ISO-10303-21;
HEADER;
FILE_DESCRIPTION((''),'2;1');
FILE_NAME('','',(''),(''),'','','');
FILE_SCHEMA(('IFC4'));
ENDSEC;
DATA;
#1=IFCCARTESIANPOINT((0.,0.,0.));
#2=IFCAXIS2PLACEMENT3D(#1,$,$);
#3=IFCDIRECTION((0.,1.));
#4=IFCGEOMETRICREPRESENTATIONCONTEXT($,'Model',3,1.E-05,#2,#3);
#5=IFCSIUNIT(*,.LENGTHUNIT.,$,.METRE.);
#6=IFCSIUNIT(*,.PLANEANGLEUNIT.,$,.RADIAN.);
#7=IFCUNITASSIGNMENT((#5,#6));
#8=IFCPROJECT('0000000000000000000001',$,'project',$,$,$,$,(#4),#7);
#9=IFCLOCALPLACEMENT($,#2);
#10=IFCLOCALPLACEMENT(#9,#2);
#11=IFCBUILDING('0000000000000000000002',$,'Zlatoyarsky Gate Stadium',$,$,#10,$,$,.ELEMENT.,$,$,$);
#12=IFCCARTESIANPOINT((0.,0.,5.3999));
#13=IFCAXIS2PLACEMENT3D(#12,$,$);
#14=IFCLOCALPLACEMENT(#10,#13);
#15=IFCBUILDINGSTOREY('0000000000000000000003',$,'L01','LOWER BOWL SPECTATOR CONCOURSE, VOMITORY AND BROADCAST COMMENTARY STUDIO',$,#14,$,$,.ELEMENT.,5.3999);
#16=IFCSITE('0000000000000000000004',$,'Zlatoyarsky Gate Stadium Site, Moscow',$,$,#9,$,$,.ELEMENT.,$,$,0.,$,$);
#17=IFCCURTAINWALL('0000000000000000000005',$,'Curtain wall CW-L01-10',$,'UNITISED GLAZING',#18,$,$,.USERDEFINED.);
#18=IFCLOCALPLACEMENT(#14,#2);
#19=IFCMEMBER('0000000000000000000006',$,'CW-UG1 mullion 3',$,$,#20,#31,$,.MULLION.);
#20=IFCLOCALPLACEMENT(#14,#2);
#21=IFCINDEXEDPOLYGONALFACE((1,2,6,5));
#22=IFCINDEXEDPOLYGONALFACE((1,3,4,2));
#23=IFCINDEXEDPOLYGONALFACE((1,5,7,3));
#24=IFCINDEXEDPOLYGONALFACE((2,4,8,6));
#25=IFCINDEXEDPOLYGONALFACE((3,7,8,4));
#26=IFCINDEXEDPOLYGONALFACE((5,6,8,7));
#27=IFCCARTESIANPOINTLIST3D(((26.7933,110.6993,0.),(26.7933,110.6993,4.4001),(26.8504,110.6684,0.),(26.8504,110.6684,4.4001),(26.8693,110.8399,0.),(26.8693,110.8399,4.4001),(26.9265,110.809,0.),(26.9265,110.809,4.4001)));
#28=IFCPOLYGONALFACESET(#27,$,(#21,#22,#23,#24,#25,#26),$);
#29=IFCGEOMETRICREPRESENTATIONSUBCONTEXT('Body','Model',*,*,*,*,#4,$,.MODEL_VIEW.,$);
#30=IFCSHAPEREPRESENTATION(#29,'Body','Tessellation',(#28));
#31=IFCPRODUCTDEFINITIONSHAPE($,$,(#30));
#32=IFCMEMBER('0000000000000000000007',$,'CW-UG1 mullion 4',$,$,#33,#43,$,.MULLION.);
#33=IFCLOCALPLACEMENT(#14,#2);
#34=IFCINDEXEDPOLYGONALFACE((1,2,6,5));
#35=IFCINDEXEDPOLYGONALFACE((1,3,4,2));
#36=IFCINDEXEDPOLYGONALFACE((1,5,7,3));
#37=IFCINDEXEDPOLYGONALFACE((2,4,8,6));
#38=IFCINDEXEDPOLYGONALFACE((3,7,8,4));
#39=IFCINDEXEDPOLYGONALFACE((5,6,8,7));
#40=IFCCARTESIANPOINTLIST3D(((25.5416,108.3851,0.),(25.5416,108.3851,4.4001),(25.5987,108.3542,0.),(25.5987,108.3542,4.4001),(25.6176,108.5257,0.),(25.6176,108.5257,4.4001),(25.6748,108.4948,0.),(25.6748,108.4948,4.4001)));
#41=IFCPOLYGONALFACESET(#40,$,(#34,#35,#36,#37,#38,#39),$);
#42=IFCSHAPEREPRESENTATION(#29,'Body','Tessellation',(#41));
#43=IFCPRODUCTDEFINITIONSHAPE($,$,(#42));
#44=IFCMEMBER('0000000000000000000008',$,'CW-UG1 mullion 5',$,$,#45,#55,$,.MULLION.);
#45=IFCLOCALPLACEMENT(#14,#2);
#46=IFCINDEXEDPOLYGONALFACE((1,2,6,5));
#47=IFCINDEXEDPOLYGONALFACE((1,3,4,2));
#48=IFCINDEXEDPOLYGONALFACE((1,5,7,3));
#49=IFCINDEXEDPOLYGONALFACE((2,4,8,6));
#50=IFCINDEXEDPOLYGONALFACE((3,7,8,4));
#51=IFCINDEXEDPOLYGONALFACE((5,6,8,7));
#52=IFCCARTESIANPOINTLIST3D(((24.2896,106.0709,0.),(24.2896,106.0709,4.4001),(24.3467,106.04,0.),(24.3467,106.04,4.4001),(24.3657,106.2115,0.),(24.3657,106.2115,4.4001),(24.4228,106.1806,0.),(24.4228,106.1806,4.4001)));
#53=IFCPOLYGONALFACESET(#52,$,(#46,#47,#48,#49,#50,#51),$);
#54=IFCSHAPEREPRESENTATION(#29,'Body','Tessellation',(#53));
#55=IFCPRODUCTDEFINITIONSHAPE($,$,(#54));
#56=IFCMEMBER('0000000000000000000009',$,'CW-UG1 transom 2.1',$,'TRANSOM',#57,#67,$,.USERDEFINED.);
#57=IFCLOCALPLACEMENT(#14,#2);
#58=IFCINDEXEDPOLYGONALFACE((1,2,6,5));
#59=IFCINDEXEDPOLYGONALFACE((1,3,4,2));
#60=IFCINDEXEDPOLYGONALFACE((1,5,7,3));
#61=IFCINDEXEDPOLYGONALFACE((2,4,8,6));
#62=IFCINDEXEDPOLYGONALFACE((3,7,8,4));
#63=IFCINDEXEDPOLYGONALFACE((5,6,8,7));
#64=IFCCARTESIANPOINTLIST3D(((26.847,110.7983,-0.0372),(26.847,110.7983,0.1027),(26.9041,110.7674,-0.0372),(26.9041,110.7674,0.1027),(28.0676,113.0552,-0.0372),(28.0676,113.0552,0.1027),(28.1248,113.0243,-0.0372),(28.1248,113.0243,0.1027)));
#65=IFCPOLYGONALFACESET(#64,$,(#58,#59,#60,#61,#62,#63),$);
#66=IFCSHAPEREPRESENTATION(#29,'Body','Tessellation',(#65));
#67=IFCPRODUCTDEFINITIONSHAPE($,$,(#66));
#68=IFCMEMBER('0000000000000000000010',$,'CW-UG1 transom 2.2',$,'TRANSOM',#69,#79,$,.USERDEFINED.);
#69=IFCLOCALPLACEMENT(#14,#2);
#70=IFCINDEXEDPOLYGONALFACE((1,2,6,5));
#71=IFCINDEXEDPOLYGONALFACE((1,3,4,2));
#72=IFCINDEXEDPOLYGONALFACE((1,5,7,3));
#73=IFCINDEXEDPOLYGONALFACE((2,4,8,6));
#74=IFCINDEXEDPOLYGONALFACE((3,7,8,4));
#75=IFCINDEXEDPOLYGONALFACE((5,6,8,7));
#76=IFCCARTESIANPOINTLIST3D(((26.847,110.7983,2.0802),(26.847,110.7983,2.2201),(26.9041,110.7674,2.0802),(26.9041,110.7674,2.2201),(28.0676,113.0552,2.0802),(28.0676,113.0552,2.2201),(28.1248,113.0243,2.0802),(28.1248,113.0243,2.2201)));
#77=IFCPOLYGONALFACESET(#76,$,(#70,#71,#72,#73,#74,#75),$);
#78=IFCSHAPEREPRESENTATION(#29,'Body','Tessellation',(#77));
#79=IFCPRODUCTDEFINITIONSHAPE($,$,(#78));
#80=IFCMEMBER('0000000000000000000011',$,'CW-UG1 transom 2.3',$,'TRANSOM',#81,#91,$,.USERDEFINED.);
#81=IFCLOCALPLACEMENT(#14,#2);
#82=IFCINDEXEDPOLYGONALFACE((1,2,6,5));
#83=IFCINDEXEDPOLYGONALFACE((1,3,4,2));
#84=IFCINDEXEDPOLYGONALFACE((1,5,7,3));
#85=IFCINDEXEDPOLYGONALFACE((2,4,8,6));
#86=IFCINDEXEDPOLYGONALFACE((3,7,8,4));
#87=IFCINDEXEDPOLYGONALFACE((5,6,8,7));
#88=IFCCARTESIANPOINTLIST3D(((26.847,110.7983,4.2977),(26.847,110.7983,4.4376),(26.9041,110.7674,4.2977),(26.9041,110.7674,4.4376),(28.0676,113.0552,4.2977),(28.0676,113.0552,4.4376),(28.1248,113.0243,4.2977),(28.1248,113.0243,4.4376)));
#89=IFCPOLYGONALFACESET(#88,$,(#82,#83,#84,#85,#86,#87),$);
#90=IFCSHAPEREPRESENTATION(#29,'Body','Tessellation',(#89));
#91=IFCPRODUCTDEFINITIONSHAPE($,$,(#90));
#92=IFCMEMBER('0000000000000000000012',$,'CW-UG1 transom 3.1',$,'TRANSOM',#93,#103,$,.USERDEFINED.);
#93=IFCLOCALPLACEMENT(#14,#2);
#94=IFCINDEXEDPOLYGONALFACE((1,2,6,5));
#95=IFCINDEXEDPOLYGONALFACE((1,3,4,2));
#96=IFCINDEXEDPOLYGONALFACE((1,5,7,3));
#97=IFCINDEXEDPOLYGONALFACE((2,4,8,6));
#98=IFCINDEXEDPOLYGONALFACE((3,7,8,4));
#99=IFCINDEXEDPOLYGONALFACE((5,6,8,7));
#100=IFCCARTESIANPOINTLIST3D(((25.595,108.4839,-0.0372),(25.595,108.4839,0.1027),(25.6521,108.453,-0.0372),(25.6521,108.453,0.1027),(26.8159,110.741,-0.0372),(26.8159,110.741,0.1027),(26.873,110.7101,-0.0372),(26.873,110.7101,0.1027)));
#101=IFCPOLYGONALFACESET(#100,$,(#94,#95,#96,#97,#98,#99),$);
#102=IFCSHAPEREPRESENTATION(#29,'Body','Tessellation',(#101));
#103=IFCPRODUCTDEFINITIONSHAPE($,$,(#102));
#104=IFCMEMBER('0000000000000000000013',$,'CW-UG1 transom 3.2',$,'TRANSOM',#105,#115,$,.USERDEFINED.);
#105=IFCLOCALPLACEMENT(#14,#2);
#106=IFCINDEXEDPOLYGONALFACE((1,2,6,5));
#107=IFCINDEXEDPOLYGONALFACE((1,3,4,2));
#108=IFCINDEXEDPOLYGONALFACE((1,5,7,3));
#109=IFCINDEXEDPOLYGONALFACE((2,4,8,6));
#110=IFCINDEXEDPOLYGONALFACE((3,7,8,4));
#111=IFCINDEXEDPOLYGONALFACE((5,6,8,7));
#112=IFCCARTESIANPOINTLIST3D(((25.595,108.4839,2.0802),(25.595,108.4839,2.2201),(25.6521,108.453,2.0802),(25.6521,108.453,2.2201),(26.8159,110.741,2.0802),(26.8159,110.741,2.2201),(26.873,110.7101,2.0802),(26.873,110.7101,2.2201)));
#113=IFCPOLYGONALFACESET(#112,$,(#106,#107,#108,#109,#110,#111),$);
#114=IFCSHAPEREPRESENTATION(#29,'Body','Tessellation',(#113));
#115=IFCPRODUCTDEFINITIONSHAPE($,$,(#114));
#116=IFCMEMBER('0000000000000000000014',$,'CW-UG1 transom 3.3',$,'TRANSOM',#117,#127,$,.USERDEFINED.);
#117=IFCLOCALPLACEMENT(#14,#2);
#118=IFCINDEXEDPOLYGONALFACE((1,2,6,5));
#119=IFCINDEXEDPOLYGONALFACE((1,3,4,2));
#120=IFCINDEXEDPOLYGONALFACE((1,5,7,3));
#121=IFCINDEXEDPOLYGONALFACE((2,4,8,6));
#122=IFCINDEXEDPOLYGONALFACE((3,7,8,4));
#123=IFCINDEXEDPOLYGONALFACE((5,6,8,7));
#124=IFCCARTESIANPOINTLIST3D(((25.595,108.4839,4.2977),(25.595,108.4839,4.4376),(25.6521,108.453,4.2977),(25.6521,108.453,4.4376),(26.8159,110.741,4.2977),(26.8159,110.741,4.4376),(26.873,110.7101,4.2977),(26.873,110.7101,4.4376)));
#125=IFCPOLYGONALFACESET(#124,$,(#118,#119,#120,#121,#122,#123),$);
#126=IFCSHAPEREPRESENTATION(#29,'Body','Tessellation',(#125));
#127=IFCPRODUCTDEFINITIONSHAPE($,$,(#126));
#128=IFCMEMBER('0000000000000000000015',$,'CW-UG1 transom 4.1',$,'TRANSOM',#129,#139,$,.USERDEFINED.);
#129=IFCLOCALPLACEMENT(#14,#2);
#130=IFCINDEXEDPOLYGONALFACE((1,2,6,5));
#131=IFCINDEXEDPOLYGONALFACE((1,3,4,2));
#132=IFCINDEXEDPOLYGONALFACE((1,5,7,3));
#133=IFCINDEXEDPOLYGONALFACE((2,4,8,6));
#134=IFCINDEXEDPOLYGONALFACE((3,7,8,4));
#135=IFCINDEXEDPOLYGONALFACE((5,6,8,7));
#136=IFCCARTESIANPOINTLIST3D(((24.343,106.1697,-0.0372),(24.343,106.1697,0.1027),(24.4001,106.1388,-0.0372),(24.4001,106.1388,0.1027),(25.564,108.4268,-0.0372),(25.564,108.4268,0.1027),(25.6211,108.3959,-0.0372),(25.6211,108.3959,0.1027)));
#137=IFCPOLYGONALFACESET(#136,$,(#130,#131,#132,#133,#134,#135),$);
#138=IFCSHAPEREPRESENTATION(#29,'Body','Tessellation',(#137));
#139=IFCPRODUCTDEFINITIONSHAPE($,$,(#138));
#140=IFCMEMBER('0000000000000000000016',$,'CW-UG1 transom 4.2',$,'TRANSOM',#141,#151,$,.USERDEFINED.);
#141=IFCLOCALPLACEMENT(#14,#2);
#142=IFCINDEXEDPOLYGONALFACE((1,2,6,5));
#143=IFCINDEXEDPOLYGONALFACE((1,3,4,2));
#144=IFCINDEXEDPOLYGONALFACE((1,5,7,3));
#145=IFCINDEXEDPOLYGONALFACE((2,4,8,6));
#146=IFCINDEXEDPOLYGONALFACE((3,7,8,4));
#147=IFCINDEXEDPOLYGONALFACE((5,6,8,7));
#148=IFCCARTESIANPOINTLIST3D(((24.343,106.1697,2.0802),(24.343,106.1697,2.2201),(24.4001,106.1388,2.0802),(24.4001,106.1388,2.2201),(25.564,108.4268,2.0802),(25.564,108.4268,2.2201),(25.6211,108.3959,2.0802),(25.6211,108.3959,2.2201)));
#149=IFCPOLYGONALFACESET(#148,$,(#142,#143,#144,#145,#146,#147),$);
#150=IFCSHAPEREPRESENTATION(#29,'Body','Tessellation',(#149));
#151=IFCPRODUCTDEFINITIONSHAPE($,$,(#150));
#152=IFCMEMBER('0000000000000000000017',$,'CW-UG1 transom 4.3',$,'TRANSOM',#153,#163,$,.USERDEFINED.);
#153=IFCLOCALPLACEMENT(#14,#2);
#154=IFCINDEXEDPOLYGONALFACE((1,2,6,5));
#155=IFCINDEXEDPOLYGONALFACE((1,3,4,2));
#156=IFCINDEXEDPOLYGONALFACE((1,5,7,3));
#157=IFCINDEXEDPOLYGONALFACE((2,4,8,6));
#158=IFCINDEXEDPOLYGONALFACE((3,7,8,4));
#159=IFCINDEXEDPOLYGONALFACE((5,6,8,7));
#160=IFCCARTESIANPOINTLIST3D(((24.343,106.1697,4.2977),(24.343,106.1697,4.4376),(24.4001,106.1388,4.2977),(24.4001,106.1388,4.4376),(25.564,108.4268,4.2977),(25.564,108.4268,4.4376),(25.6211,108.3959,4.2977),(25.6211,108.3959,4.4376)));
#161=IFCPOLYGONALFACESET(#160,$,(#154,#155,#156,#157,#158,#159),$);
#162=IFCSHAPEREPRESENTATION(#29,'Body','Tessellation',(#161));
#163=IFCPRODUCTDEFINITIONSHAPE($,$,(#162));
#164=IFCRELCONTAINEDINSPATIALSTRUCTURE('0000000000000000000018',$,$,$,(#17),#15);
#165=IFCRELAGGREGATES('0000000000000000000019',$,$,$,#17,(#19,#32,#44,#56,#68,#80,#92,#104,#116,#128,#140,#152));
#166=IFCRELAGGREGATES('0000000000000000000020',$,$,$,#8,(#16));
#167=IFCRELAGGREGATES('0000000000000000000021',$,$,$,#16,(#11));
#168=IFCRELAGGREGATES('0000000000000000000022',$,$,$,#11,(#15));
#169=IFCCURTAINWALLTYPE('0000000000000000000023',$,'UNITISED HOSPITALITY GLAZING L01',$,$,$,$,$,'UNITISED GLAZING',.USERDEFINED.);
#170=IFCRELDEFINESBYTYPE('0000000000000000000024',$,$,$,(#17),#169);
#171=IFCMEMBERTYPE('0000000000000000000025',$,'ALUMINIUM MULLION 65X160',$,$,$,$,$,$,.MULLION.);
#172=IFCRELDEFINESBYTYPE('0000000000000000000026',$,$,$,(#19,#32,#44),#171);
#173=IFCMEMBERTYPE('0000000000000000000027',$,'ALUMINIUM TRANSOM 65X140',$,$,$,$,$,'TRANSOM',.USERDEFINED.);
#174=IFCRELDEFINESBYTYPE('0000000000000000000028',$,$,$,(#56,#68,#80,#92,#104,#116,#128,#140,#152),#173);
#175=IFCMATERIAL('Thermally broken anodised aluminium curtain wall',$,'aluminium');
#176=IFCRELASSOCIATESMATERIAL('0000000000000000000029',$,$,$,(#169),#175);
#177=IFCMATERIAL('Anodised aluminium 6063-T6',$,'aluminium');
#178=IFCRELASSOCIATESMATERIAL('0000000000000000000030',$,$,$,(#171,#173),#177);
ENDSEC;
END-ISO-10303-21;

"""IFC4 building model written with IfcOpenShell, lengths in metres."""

from ifc_helpers import new_model, si_unit, direction, frame, origin, origin_2d, place, context, subcontext, project, spatial, rectangle, extrude, material, material_profile, profile_set, type_object, element, aggregate, save


model = new_model("IFC4")

# Units and contexts
model_context = context("Model", 3, precision=1e-05, world=origin(), true_north=direction((0.0, 1.0)))
body_context = subcontext(model_context, "Body", "Model", "MODEL_VIEW")
ifc_project = project(units=[si_unit("LENGTHUNIT", "METRE"), si_unit("PLANEANGLEUNIT", "RADIAN")], contexts=[model_context])

# Site, building, storey
site_placement = place(None, origin())
site = spatial("IfcSite", under=ifc_project, at=site_placement, Name="Zlatoyarsky Gate Stadium Site, Moscow", CompositionType="ELEMENT", RefElevation=0.0)
building_placement = place(site_placement, origin())
building = spatial("IfcBuilding", under=site, at=building_placement, Name="Zlatoyarsky Gate Stadium", CompositionType="ELEMENT")
storey_placement = place(building_placement, frame((0.0, 0.0, 5.3999)))
storey = spatial("IfcBuildingStorey", under=building, at=storey_placement, Name="L01", Description="LOWER BOWL SPECTATOR CONCOURSE, VOMITORY AND BROADCAST COMMENTARY STUDIO", CompositionType="ELEMENT", Elevation=5.3999)

# Curtain wall, members
ifc_material_1 = material(Name="Thermally broken anodised aluminium curtain wall", Category="aluminium")
curtain_wall_type = type_object("IfcCurtainWallType", Name="UNITISED HOSPITALITY GLAZING L01", ElementType="UNITISED GLAZING", PredefinedType="USERDEFINED", material=ifc_material_1)
curtain_wall_placement = place(storey_placement, origin())
curtain_wall = element("IfcCurtainWall", 1, at=curtain_wall_placement, inside=storey, type_object=curtain_wall_type, Name="Curtain wall CW-L01-10", ObjectType="UNITISED GLAZING", PredefinedType="USERDEFINED")
ifc_material_2 = material(Name="Anodised aluminium 6063-T6", Category="aluminium")
ifc_material_profile_1 = material_profile(ifc_material_2, rectangle(XDim=0.0649, YDim=0.1599, at=origin_2d()), Name="ALU 65X160")
ifc_profile_set_1 = profile_set([ifc_material_profile_1], Name="Anodised aluminium 6063-T6")
member_type_1 = type_object("IfcMemberType", Name="ALUMINIUM MULLION 65X160", PredefinedType="MULLION", material=ifc_profile_set_1)
member_1_placement = place(storey_placement, frame((26.8599, 110.7542, 0.0), z_axis=(0.0, 0.0, 1.0), x_axis=(0.879562, -0.475784, 0.0)))
member_1 = element("IfcMember", 2, at=member_1_placement, type_object=member_type_1, Name="CW-UG1 mullion 3", PredefinedType="MULLION", context=body_context, shape_type="SweptSolid", body=[
    extrude(rectangle(XDim=0.0649, YDim=0.1599, at=origin_2d()), origin(), (0.0, 0.0, 1.0), 4.4001),
])
member_2_placement = place(storey_placement, frame((25.6082, 108.4399, 0.0), z_axis=(0.0, 0.0, 1.0), x_axis=(0.879562, -0.475784, 0.0)))
member_2 = element("IfcMember", 3, at=member_2_placement, type_object=member_type_1, Name="CW-UG1 mullion 4", PredefinedType="MULLION", context=body_context, shape_type="SweptSolid", body=[
    extrude(rectangle(XDim=0.0649, YDim=0.1599, at=origin_2d()), origin(), (0.0, 0.0, 1.0), 4.4001),
])
member_3_placement = place(storey_placement, frame((24.3562, 106.1257, 0.0), z_axis=(0.0, 0.0, 1.0), x_axis=(0.879562, -0.475784, 0.0)))
member_3 = element("IfcMember", 4, at=member_3_placement, type_object=member_type_1, Name="CW-UG1 mullion 5", PredefinedType="MULLION", context=body_context, shape_type="SweptSolid", body=[
    extrude(rectangle(XDim=0.0649, YDim=0.1599, at=origin_2d()), origin(), (0.0, 0.0, 1.0), 4.4001),
])
ifc_material_profile_2 = material_profile(ifc_material_2, rectangle(XDim=0.0649, YDim=0.1399, at=origin_2d()), Name="ALU 65X140")
ifc_profile_set_2 = profile_set([ifc_material_profile_2], Name="Anodised aluminium 6063-T6")
member_type_2 = type_object("IfcMemberType", Name="ALUMINIUM TRANSOM 65X140", ElementType="TRANSOM", PredefinedType="USERDEFINED", material=ifc_profile_set_2)
member_4_placement = place(storey_placement, frame((28.0962, 113.0398, 0.0327), z_axis=(-0.475716, -0.879599, 0.0), x_axis=(0.879599, -0.475716, 0.0)))
member_4 = element("IfcMember", 5, at=member_4_placement, type_object=member_type_2, Name="CW-UG1 transom 2.1", ObjectType="TRANSOM", PredefinedType="USERDEFINED", context=body_context, shape_type="SweptSolid", body=[
    extrude(rectangle(XDim=0.0649, YDim=0.1399, at=origin_2d()), origin(), (0.0, 0.0, 1.0), 2.5659),
])
member_5_placement = place(storey_placement, frame((28.0962, 113.0398, 2.1501), z_axis=(-0.475716, -0.879599, 0.0), x_axis=(0.879599, -0.475716, 0.0)))
member_5 = element("IfcMember", 6, at=member_5_placement, type_object=member_type_2, Name="CW-UG1 transom 2.2", ObjectType="TRANSOM", PredefinedType="USERDEFINED", context=body_context, shape_type="SweptSolid", body=[
    extrude(rectangle(XDim=0.0649, YDim=0.1399, at=origin_2d()), origin(), (0.0, 0.0, 1.0), 2.5659),
])
member_6_placement = place(storey_placement, frame((28.0962, 113.0398, 4.3677), z_axis=(-0.475716, -0.879599, 0.0), x_axis=(0.879599, -0.475716, 0.0)))
member_6 = element("IfcMember", 7, at=member_6_placement, type_object=member_type_2, Name="CW-UG1 transom 2.3", ObjectType="TRANSOM", PredefinedType="USERDEFINED", context=body_context, shape_type="SweptSolid", body=[
    extrude(rectangle(XDim=0.0649, YDim=0.1399, at=origin_2d()), origin(), (0.0, 0.0, 1.0), 2.5659),
])
member_7_placement = place(storey_placement, frame((26.8445, 110.7256, 0.0327), z_axis=(-0.47579, -0.879559, 0.0), x_axis=(0.879559, -0.47579, 0.0)))
member_7 = element("IfcMember", 8, at=member_7_placement, type_object=member_type_2, Name="CW-UG1 transom 3.1", ObjectType="TRANSOM", PredefinedType="USERDEFINED", context=body_context, shape_type="SweptSolid", body=[
    extrude(rectangle(XDim=0.0649, YDim=0.1399, at=origin_2d()), origin(), (0.0, 0.0, 1.0), 2.5662),
])
member_8_placement = place(storey_placement, frame((26.8445, 110.7256, 2.1501), z_axis=(-0.47579, -0.879559, 0.0), x_axis=(0.879559, -0.47579, 0.0)))
member_8 = element("IfcMember", 9, at=member_8_placement, type_object=member_type_2, Name="CW-UG1 transom 3.2", ObjectType="TRANSOM", PredefinedType="USERDEFINED", context=body_context, shape_type="SweptSolid", body=[
    extrude(rectangle(XDim=0.0649, YDim=0.1399, at=origin_2d()), origin(), (0.0, 0.0, 1.0), 2.5662),
])
member_9_placement = place(storey_placement, frame((26.8445, 110.7256, 4.3677), z_axis=(-0.47579, -0.879559, 0.0), x_axis=(0.879559, -0.47579, 0.0)))
member_9 = element("IfcMember", 10, at=member_9_placement, type_object=member_type_2, Name="CW-UG1 transom 3.3", ObjectType="TRANSOM", PredefinedType="USERDEFINED", context=body_context, shape_type="SweptSolid", body=[
    extrude(rectangle(XDim=0.0649, YDim=0.1399, at=origin_2d()), origin(), (0.0, 0.0, 1.0), 2.5662),
])
member_10_placement = place(storey_placement, frame((25.5925, 108.4114, 0.0327), z_axis=(-0.47579, -0.879559, 0.0), x_axis=(0.879559, -0.47579, 0.0)))
member_10 = element("IfcMember", 11, at=member_10_placement, type_object=member_type_2, Name="CW-UG1 transom 4.1", ObjectType="TRANSOM", PredefinedType="USERDEFINED", context=body_context, shape_type="SweptSolid", body=[
    extrude(rectangle(XDim=0.0649, YDim=0.1399, at=origin_2d()), origin(), (0.0, 0.0, 1.0), 2.5662),
])
member_11_placement = place(storey_placement, frame((25.5925, 108.4114, 2.1501), z_axis=(-0.47579, -0.879559, 0.0), x_axis=(0.879559, -0.47579, 0.0)))
member_11 = element("IfcMember", 12, at=member_11_placement, type_object=member_type_2, Name="CW-UG1 transom 4.2", ObjectType="TRANSOM", PredefinedType="USERDEFINED", context=body_context, shape_type="SweptSolid", body=[
    extrude(rectangle(XDim=0.0649, YDim=0.1399, at=origin_2d()), origin(), (0.0, 0.0, 1.0), 2.5662),
])
member_12_placement = place(storey_placement, frame((25.5925, 108.4114, 4.3677), z_axis=(-0.47579, -0.879559, 0.0), x_axis=(0.879559, -0.47579, 0.0)))
member_12 = element("IfcMember", 13, at=member_12_placement, type_object=member_type_2, Name="CW-UG1 transom 4.3", ObjectType="TRANSOM", PredefinedType="USERDEFINED", context=body_context, shape_type="SweptSolid", body=[
    extrude(rectangle(XDim=0.0649, YDim=0.1399, at=origin_2d()), origin(), (0.0, 0.0, 1.0), 2.5662),
])

aggregate(curtain_wall, [member_1, member_2, member_3, member_4, member_5, member_6, member_7, member_8, member_9, member_10, member_11, member_12])

save(model, "model.ifc")
